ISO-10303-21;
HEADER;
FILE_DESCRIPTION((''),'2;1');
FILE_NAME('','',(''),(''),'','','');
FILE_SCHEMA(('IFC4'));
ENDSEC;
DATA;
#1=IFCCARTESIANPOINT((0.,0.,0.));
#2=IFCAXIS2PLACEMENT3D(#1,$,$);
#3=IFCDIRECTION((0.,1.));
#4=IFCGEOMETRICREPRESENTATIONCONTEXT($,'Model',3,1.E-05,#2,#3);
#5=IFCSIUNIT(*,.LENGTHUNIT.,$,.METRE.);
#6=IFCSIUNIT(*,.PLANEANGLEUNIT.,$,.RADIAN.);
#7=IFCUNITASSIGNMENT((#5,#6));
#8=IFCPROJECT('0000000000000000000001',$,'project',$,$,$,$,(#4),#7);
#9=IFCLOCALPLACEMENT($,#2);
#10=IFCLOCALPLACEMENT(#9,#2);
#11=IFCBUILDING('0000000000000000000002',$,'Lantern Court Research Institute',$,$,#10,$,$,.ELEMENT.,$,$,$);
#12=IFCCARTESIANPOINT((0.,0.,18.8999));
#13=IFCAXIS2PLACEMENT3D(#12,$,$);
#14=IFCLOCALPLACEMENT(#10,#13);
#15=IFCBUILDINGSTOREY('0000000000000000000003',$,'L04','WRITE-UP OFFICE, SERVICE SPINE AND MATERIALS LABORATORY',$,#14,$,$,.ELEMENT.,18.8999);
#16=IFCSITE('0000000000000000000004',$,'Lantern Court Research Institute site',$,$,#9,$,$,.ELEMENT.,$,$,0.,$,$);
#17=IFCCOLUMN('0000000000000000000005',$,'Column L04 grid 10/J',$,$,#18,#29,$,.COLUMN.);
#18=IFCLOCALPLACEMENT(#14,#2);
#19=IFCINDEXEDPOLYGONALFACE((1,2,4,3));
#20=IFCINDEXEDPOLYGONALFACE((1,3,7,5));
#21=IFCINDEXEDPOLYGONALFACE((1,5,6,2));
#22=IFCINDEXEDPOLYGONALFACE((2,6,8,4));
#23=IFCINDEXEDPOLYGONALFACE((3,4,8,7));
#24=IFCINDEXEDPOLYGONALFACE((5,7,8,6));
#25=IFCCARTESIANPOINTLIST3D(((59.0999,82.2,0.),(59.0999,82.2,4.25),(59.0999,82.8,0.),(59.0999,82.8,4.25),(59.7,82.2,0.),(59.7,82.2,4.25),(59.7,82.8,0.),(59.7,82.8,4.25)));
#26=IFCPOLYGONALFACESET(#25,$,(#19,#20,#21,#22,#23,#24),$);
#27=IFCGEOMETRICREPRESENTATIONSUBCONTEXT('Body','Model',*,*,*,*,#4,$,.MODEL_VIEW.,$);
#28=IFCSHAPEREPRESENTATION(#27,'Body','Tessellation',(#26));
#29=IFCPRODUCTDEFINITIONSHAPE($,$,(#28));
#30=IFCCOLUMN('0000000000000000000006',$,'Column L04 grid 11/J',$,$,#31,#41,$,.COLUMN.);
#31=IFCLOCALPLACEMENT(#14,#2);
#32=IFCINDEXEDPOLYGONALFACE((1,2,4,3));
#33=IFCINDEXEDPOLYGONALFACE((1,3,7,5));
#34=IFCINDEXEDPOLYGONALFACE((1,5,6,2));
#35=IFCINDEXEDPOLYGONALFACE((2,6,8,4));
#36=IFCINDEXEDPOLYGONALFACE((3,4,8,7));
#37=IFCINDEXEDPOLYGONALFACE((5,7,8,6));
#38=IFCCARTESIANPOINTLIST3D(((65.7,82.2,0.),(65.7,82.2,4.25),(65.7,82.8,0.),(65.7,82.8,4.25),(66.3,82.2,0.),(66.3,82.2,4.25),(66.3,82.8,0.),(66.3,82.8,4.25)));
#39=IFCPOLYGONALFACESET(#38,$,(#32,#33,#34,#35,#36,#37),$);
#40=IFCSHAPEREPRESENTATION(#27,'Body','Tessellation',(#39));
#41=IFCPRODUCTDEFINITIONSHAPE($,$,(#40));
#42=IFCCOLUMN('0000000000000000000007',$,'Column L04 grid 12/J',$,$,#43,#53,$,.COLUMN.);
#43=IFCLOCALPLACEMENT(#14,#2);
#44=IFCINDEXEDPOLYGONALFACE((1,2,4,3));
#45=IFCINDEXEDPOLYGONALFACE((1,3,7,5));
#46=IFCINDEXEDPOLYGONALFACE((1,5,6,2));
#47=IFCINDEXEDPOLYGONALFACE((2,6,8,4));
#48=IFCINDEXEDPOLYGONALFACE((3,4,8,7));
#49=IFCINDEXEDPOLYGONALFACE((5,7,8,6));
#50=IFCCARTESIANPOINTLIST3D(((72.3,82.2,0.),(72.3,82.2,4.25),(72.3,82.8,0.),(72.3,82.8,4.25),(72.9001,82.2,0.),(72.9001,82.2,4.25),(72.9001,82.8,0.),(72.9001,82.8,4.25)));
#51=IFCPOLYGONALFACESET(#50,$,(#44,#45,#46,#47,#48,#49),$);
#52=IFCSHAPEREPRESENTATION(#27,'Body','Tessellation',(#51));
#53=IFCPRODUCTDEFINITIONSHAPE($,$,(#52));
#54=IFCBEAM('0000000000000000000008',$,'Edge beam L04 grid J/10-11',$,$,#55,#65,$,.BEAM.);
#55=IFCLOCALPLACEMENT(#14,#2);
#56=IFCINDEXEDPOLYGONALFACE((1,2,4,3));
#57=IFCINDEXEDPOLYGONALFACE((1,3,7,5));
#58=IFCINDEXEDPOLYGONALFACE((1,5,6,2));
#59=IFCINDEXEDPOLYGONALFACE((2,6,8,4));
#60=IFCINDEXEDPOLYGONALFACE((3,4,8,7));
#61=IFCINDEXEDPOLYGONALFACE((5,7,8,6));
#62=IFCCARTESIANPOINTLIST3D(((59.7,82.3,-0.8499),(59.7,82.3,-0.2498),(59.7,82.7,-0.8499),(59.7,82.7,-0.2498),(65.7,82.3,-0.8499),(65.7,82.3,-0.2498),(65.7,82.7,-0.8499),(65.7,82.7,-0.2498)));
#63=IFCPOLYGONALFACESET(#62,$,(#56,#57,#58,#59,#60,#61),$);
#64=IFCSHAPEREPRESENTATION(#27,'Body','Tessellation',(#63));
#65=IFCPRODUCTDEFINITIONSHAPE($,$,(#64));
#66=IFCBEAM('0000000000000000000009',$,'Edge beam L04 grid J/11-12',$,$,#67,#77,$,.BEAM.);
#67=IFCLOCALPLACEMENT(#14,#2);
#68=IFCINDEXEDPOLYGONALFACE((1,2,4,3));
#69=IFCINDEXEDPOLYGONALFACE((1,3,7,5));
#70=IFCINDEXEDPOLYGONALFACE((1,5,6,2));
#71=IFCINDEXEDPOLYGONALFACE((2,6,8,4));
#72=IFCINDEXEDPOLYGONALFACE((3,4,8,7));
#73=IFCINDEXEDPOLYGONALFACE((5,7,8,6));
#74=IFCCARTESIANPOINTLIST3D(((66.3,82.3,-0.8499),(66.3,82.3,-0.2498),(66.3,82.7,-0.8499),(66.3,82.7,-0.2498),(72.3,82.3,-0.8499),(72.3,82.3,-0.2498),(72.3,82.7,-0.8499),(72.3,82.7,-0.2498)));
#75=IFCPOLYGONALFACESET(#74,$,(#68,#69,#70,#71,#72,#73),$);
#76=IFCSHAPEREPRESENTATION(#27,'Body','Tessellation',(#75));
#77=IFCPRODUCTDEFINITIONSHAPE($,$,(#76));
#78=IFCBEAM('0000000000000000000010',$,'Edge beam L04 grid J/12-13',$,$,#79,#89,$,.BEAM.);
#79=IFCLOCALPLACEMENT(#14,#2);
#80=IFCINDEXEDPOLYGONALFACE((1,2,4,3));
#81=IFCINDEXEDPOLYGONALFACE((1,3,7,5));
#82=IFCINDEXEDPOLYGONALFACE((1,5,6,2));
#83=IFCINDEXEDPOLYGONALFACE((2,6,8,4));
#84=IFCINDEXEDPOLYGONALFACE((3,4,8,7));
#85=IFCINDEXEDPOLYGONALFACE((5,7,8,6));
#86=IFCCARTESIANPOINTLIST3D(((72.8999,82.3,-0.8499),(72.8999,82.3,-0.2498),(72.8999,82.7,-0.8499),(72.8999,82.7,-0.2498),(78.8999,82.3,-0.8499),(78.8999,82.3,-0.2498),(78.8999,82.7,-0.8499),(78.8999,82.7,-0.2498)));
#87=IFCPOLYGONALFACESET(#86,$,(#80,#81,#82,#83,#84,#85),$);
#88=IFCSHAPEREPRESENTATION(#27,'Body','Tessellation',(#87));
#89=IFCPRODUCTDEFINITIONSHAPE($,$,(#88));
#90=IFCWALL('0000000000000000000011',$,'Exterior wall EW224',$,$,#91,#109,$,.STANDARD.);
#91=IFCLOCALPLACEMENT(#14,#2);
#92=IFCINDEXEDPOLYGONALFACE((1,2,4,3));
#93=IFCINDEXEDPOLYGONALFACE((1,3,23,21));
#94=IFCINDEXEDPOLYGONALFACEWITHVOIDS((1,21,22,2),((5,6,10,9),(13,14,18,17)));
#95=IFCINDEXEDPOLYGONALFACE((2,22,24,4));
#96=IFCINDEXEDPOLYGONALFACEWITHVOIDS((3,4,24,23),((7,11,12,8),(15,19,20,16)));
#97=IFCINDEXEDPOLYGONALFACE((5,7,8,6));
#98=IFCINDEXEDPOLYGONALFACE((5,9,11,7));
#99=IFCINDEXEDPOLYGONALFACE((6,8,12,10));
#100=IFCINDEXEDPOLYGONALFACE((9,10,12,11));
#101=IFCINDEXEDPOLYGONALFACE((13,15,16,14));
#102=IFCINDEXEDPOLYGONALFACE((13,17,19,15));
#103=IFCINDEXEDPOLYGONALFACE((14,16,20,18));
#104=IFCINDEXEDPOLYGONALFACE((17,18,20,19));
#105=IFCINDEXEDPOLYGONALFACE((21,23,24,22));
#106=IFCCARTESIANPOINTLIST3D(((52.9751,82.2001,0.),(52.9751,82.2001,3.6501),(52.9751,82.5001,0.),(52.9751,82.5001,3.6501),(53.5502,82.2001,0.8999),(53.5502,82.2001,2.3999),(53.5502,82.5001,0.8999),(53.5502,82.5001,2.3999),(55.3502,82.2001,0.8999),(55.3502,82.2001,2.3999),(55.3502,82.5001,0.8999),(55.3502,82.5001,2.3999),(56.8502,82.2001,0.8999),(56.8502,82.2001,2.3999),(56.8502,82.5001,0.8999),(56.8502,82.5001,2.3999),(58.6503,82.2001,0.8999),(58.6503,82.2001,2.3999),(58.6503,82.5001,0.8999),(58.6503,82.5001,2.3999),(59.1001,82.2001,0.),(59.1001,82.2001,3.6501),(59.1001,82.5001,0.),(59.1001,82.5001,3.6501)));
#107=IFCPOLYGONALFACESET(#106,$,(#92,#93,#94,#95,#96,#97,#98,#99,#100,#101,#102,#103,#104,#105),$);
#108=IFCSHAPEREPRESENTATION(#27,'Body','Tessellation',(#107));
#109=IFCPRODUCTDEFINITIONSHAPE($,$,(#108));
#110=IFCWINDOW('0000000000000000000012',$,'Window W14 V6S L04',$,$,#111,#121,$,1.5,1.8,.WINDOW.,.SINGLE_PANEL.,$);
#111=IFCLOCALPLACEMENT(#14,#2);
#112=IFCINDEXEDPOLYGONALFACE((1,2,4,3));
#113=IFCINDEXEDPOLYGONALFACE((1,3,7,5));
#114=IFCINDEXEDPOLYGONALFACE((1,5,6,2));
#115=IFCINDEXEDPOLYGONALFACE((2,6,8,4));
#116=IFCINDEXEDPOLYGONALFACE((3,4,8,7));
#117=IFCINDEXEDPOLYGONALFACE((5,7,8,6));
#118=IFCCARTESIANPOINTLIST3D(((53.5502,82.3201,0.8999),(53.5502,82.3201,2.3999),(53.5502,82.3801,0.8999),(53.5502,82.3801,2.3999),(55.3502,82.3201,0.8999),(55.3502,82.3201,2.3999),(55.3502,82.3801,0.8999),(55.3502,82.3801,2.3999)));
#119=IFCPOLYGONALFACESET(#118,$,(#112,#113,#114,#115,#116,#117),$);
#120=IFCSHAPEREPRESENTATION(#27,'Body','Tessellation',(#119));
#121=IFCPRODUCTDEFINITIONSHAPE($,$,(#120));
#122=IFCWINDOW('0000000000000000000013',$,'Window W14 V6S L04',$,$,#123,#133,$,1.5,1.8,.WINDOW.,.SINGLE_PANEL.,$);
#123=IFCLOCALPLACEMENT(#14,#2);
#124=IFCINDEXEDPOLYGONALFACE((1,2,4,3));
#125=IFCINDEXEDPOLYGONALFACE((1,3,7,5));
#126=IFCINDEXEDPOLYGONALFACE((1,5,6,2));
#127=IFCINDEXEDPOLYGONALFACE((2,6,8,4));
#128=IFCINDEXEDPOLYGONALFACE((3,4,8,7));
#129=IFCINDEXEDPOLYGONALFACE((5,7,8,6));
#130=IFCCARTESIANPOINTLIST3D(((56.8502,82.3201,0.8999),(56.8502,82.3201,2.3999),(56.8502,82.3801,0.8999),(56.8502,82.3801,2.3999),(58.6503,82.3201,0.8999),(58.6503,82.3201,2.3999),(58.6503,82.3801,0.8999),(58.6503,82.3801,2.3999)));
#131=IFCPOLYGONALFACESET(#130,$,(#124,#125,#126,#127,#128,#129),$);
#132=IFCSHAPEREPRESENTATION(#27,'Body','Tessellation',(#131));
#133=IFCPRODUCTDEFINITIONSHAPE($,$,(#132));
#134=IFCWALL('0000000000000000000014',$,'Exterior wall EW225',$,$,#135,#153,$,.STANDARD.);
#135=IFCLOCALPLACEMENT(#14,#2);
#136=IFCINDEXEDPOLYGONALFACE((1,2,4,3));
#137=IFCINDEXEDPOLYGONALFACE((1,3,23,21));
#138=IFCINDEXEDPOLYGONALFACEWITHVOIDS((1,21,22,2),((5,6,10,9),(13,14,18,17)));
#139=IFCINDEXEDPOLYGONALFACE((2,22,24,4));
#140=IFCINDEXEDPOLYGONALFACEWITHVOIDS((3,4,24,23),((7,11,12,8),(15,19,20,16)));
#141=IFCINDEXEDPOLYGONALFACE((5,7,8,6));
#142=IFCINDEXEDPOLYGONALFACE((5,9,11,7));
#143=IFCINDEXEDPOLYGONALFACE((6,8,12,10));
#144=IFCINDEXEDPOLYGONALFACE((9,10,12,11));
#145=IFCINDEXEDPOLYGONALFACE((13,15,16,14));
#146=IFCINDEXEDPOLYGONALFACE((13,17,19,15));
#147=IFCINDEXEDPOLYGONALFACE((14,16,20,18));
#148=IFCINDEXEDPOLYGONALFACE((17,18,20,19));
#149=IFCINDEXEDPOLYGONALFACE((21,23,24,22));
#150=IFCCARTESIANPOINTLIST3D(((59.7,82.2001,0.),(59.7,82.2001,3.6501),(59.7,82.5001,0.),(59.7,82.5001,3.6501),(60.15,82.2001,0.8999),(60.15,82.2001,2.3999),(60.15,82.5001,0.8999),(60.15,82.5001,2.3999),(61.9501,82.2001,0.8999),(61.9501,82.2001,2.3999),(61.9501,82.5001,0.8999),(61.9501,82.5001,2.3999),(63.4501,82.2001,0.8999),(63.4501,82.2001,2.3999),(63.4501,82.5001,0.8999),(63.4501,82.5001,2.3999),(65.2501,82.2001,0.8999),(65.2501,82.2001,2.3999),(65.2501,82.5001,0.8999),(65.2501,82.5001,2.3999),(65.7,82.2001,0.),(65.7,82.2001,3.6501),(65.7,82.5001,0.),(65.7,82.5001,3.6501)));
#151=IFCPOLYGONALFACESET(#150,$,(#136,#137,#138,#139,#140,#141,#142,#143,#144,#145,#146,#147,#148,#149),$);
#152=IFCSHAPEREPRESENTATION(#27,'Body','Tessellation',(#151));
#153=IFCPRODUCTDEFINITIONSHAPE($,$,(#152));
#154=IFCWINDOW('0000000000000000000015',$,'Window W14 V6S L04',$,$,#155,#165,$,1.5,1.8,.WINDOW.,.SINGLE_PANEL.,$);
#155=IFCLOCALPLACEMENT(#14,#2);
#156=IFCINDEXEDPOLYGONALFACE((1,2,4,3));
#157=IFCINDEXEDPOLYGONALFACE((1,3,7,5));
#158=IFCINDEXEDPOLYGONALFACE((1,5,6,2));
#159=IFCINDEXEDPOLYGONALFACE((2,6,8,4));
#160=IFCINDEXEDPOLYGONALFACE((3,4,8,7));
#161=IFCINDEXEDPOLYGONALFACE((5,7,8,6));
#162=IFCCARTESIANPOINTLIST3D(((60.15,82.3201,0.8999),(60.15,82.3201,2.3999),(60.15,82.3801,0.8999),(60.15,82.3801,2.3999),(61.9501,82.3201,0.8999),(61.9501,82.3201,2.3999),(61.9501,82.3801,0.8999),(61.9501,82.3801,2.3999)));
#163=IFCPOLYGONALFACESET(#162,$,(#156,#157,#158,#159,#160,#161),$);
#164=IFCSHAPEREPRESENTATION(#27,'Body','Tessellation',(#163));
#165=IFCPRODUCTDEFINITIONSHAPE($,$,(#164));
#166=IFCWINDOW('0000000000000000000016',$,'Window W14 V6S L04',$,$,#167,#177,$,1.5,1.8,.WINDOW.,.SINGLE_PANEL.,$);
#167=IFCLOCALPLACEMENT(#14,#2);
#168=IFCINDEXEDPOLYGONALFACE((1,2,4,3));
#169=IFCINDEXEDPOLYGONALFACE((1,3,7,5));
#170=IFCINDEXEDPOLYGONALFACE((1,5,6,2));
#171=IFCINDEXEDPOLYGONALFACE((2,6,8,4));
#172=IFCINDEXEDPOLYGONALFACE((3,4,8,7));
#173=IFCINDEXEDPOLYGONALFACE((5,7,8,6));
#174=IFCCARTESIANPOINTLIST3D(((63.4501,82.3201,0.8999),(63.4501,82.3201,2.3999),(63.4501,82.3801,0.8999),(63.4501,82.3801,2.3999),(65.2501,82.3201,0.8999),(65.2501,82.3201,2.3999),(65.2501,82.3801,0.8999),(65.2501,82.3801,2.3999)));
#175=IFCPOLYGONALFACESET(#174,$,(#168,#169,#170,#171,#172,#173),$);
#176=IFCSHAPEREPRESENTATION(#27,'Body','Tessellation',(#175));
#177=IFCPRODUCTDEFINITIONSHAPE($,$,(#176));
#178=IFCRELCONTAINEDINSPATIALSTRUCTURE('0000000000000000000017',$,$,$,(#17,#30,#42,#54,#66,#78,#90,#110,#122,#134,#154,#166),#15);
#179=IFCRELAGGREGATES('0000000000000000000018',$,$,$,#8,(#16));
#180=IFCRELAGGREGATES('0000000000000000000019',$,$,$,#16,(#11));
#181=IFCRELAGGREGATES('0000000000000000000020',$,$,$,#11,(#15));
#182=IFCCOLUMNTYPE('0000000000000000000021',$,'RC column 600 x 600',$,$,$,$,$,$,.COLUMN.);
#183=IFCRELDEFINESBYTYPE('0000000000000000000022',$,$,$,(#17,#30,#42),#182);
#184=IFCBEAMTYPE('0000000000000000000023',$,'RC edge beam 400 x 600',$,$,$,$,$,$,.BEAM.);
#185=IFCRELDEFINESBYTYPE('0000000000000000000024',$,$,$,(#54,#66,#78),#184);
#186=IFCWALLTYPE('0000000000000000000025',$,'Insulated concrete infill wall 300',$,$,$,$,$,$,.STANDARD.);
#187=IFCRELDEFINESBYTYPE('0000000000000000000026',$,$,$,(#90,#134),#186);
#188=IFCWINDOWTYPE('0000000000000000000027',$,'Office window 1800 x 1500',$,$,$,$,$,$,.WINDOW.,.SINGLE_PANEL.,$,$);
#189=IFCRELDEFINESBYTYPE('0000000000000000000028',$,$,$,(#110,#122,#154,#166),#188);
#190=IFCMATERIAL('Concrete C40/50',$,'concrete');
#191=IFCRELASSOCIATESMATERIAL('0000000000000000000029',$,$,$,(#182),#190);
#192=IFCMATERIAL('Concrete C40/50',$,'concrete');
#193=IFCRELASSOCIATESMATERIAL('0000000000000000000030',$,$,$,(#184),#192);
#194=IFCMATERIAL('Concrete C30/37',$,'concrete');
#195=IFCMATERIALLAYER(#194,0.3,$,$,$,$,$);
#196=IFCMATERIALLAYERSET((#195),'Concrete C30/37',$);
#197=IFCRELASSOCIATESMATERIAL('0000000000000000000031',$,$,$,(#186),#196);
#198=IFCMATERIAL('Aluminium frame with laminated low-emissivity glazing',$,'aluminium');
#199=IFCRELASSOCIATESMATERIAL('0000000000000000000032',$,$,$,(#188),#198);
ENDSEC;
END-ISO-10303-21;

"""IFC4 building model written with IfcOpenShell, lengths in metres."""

from ifc_helpers import new_model, si_unit, direction, frame, frame_2d, origin, origin_2d, place, context, subcontext, project, spatial, rectangle, extrude, material, layer, layer_set, material_profile, profile_set, type_object, element, fill, save


model = new_model("IFC4")

# Units and contexts
model_context = context("Model", 3, precision=1e-05, world=origin(), true_north=direction((0.0, 1.0)))
body_context = subcontext(model_context, "Body", "Model", "MODEL_VIEW")
ifc_project = project(units=[si_unit("LENGTHUNIT", "METRE"), si_unit("PLANEANGLEUNIT", "RADIAN")], contexts=[model_context])

# Site, building, storey
site_placement = place(None, origin())
site = spatial("IfcSite", under=ifc_project, at=site_placement, Name="Lantern Court Research Institute site", CompositionType="ELEMENT", RefElevation=0.0)
building_placement = place(site_placement, origin())
building = spatial("IfcBuilding", under=site, at=building_placement, Name="Lantern Court Research Institute", CompositionType="ELEMENT")
storey_placement = place(building_placement, frame((0.0, 0.0, 18.8999)))
storey = spatial("IfcBuildingStorey", under=building, at=storey_placement, Name="L04", Description="WRITE-UP OFFICE, SERVICE SPINE AND MATERIALS LABORATORY", CompositionType="ELEMENT", Elevation=18.8999)

# Columns
ifc_material_1 = material(Name="Concrete C40/50", Category="concrete")
ifc_material_profile_1 = material_profile(ifc_material_1, rectangle(XDim=0.6001, YDim=0.6001, at=origin_2d()), Name="RC column 600 x 600")
ifc_profile_set_1 = profile_set([ifc_material_profile_1], Name="Concrete C40/50")
column_type = type_object("IfcColumnType", Name="RC column 600 x 600", PredefinedType="COLUMN", material=ifc_profile_set_1)
for number, where, z_axis, x_axis, name in (
    (1, (59.3999, 82.5, 0.0), (0.0, 0.0, 1.0), (1.0, 0.0, 0.0), "Column L04 grid 10/J"),
    (2, (66.0, 82.5, 0.0), (0.0, 0.0, 1.0), (1.0, 0.0, 0.0), "Column L04 grid 11/J"),
    (3, (72.6001, 82.5, 0.0), (0.0, 0.0, 1.0), (1.0, 0.0, 0.0), "Column L04 grid 12/J"),
):
    element("IfcColumn", number, at=place(storey_placement, frame(where, z_axis=z_axis, x_axis=x_axis)), inside=storey, type_object=column_type, Name=name, PredefinedType="COLUMN", context=body_context, shape_type="SweptSolid", body=[
        extrude(rectangle(XDim=0.6001, YDim=0.6001, at=origin_2d()), origin(), (0.0, 0.0, 1.0), 4.25),
    ])

# Beams
ifc_material_2 = material(Name="Concrete C40/50", Category="concrete")
ifc_material_profile_2 = material_profile(ifc_material_2, rectangle(XDim=0.3999, YDim=0.6001, at=origin_2d()), Name="RC beam 400 x 600")
ifc_profile_set_2 = profile_set([ifc_material_profile_2], Name="Concrete C40/50")
beam_type = type_object("IfcBeamType", Name="RC edge beam 400 x 600", PredefinedType="BEAM", material=ifc_profile_set_2)
for number, where, z_axis, x_axis, name in (
    (4, (59.7, 82.5, -0.5498), (1.0, 0.0, 0.0), (0.0, 1.0, 0.0), "Edge beam L04 grid J/10-11"),
    (5, (66.3, 82.5, -0.5498), (1.0, 0.0, 0.0), (0.0, 1.0, 0.0), "Edge beam L04 grid J/11-12"),
    (6, (72.8999, 82.5, -0.5498), (1.0, 0.0, 0.0), (0.0, 1.0, 0.0), "Edge beam L04 grid J/12-13"),
):
    element("IfcBeam", number, at=place(storey_placement, frame(where, z_axis=z_axis, x_axis=x_axis)), inside=storey, type_object=beam_type, Name=name, PredefinedType="BEAM", context=body_context, shape_type="SweptSolid", body=[
        extrude(rectangle(XDim=0.3999, YDim=0.6001, at=origin_2d()), origin(), (0.0, 0.0, 1.0), 6.0),
    ])

# Walls, openings, windows
ifc_material_3 = material(Name="Concrete C30/37", Category="concrete")
ifc_layer_1 = layer(ifc_material_3, 0.3)
ifc_layer_set_1 = layer_set([ifc_layer_1], Name="Concrete C30/37")
wall_type_1 = type_object("IfcWallType", Name="Insulated concrete infill wall 300", PredefinedType="STANDARD", material=ifc_layer_set_1)
wall_1_placement = place(storey_placement, frame((59.1001, 82.3501, 0.0), z_axis=(0.0, 0.0, 1.0), x_axis=(-1.0, 0.0, 0.0)))
wall_1 = element("IfcWall", 7, at=wall_1_placement, inside=storey, type_object=wall_type_1, Name="Exterior wall EW224", PredefinedType="STANDARD", context=body_context, shape_type="SweptSolid", body=[
    extrude(rectangle(XDim=6.125, YDim=0.3, at=frame_2d((3.0625, 0.0))), origin(), (0.0, 0.0, 1.0), 3.6501),
])
opening_1_placement = place(wall_1_placement, frame((3.75, 0.0, 0.8999)))
opening_1 = element("IfcOpeningElement", 8, at=opening_1_placement, cuts=wall_1, PredefinedType="OPENING", context=body_context, shape_type="SweptSolid", body=[
    extrude(rectangle(XDim=1.8, YDim=1.5, at=frame_2d((0.8999, 0.75))), frame((0.0, 0.1599, 0.0), z_axis=(0.0, -1.0, 0.0), x_axis=(1.0, 0.0, 0.0)), (0.0, 0.0, 1.0), 0.3201),
])
opening_2_placement = place(wall_1_placement, frame((0.45, 0.0, 0.8999)))
opening_2 = element("IfcOpeningElement", 9, at=opening_2_placement, cuts=wall_1, PredefinedType="OPENING", context=body_context, shape_type="SweptSolid", body=[
    extrude(rectangle(XDim=1.8, YDim=1.5, at=frame_2d((0.8999, 0.75))), frame((0.0, 0.1599, 0.0), z_axis=(0.0, -1.0, 0.0), x_axis=(1.0, 0.0, 0.0)), (0.0, 0.0, 1.0), 0.3201),
])
ifc_material_4 = material(Name="Aluminium frame with laminated low-emissivity glazing", Category="aluminium")
window_type = type_object("IfcWindowType", Name="Office window 1800 x 1500", PartitioningType="SINGLE_PANEL", PredefinedType="WINDOW", material=ifc_material_4)
window_1_placement = place(opening_1_placement, origin())
window_1 = element("IfcWindow", 10, at=window_1_placement, inside=storey, type_object=window_type, Name="Window W14 V6S L04", OverallHeight=1.5, OverallWidth=1.8, PartitioningType="SINGLE_PANEL", PredefinedType="WINDOW", context=body_context, shape_type="SweptSolid", body=[
    extrude(rectangle(XDim=1.8, YDim=1.5, at=frame_2d((0.8999, 0.75))), frame((0.0, 0.03, 0.0), z_axis=(0.0, -1.0, 0.0), x_axis=(1.0, 0.0, 0.0)), (0.0, 0.0, 1.0), 0.0601),
])
fill(opening_1, window_1)
window_2_placement = place(opening_2_placement, origin())
window_2 = element("IfcWindow", 11, at=window_2_placement, inside=storey, type_object=window_type, Name="Window W14 V6S L04", OverallHeight=1.5, OverallWidth=1.8, PartitioningType="SINGLE_PANEL", PredefinedType="WINDOW", context=body_context, shape_type="SweptSolid", body=[
    extrude(rectangle(XDim=1.8, YDim=1.5, at=frame_2d((0.8999, 0.75))), frame((0.0, 0.03, 0.0), z_axis=(0.0, -1.0, 0.0), x_axis=(1.0, 0.0, 0.0)), (0.0, 0.0, 1.0), 0.0601),
])
fill(opening_2, window_2)
wall_2_placement = place(storey_placement, frame((65.7, 82.3501, 0.0), z_axis=(0.0, 0.0, 1.0), x_axis=(-1.0, 0.0, 0.0)))
wall_2 = element("IfcWall", 12, at=wall_2_placement, inside=storey, type_object=wall_type_1, Name="Exterior wall EW225", PredefinedType="STANDARD", context=body_context, shape_type="SweptSolid", body=[
    extrude(rectangle(XDim=6.0, YDim=0.3, at=frame_2d((3.0, 0.0))), origin(), (0.0, 0.0, 1.0), 3.6501),
])
opening_3_placement = place(wall_2_placement, frame((3.75, 0.0, 0.8999)))
opening_3 = element("IfcOpeningElement", 13, at=opening_3_placement, cuts=wall_2, PredefinedType="OPENING", context=body_context, shape_type="SweptSolid", body=[
    extrude(rectangle(XDim=1.8, YDim=1.5, at=frame_2d((0.8999, 0.75))), frame((0.0, 0.1599, 0.0), z_axis=(0.0, -1.0, 0.0), x_axis=(1.0, 0.0, 0.0)), (0.0, 0.0, 1.0), 0.3201),
])
opening_4_placement = place(wall_2_placement, frame((0.45, 0.0, 0.8999)))
opening_4 = element("IfcOpeningElement", 14, at=opening_4_placement, cuts=wall_2, PredefinedType="OPENING", context=body_context, shape_type="SweptSolid", body=[
    extrude(rectangle(XDim=1.8, YDim=1.5, at=frame_2d((0.8999, 0.75))), frame((0.0, 0.1599, 0.0), z_axis=(0.0, -1.0, 0.0), x_axis=(1.0, 0.0, 0.0)), (0.0, 0.0, 1.0), 0.3201),
])
window_3_placement = place(opening_3_placement, origin())
window_3 = element("IfcWindow", 15, at=window_3_placement, inside=storey, type_object=window_type, Name="Window W14 V6S L04", OverallHeight=1.5, OverallWidth=1.8, PartitioningType="SINGLE_PANEL", PredefinedType="WINDOW", context=body_context, shape_type="SweptSolid", body=[
    extrude(rectangle(XDim=1.8, YDim=1.5, at=frame_2d((0.8999, 0.75))), frame((0.0, 0.03, 0.0), z_axis=(0.0, -1.0, 0.0), x_axis=(1.0, 0.0, 0.0)), (0.0, 0.0, 1.0), 0.0601),
])
fill(opening_3, window_3)
window_4_placement = place(opening_4_placement, origin())
window_4 = element("IfcWindow", 16, at=window_4_placement, inside=storey, type_object=window_type, Name="Window W14 V6S L04", OverallHeight=1.5, OverallWidth=1.8, PartitioningType="SINGLE_PANEL", PredefinedType="WINDOW", context=body_context, shape_type="SweptSolid", body=[
    extrude(rectangle(XDim=1.8, YDim=1.5, at=frame_2d((0.8999, 0.75))), frame((0.0, 0.03, 0.0), z_axis=(0.0, -1.0, 0.0), x_axis=(1.0, 0.0, 0.0)), (0.0, 0.0, 1.0), 0.0601),
])
fill(opening_4, window_4)

save(model, "model.ifc")
